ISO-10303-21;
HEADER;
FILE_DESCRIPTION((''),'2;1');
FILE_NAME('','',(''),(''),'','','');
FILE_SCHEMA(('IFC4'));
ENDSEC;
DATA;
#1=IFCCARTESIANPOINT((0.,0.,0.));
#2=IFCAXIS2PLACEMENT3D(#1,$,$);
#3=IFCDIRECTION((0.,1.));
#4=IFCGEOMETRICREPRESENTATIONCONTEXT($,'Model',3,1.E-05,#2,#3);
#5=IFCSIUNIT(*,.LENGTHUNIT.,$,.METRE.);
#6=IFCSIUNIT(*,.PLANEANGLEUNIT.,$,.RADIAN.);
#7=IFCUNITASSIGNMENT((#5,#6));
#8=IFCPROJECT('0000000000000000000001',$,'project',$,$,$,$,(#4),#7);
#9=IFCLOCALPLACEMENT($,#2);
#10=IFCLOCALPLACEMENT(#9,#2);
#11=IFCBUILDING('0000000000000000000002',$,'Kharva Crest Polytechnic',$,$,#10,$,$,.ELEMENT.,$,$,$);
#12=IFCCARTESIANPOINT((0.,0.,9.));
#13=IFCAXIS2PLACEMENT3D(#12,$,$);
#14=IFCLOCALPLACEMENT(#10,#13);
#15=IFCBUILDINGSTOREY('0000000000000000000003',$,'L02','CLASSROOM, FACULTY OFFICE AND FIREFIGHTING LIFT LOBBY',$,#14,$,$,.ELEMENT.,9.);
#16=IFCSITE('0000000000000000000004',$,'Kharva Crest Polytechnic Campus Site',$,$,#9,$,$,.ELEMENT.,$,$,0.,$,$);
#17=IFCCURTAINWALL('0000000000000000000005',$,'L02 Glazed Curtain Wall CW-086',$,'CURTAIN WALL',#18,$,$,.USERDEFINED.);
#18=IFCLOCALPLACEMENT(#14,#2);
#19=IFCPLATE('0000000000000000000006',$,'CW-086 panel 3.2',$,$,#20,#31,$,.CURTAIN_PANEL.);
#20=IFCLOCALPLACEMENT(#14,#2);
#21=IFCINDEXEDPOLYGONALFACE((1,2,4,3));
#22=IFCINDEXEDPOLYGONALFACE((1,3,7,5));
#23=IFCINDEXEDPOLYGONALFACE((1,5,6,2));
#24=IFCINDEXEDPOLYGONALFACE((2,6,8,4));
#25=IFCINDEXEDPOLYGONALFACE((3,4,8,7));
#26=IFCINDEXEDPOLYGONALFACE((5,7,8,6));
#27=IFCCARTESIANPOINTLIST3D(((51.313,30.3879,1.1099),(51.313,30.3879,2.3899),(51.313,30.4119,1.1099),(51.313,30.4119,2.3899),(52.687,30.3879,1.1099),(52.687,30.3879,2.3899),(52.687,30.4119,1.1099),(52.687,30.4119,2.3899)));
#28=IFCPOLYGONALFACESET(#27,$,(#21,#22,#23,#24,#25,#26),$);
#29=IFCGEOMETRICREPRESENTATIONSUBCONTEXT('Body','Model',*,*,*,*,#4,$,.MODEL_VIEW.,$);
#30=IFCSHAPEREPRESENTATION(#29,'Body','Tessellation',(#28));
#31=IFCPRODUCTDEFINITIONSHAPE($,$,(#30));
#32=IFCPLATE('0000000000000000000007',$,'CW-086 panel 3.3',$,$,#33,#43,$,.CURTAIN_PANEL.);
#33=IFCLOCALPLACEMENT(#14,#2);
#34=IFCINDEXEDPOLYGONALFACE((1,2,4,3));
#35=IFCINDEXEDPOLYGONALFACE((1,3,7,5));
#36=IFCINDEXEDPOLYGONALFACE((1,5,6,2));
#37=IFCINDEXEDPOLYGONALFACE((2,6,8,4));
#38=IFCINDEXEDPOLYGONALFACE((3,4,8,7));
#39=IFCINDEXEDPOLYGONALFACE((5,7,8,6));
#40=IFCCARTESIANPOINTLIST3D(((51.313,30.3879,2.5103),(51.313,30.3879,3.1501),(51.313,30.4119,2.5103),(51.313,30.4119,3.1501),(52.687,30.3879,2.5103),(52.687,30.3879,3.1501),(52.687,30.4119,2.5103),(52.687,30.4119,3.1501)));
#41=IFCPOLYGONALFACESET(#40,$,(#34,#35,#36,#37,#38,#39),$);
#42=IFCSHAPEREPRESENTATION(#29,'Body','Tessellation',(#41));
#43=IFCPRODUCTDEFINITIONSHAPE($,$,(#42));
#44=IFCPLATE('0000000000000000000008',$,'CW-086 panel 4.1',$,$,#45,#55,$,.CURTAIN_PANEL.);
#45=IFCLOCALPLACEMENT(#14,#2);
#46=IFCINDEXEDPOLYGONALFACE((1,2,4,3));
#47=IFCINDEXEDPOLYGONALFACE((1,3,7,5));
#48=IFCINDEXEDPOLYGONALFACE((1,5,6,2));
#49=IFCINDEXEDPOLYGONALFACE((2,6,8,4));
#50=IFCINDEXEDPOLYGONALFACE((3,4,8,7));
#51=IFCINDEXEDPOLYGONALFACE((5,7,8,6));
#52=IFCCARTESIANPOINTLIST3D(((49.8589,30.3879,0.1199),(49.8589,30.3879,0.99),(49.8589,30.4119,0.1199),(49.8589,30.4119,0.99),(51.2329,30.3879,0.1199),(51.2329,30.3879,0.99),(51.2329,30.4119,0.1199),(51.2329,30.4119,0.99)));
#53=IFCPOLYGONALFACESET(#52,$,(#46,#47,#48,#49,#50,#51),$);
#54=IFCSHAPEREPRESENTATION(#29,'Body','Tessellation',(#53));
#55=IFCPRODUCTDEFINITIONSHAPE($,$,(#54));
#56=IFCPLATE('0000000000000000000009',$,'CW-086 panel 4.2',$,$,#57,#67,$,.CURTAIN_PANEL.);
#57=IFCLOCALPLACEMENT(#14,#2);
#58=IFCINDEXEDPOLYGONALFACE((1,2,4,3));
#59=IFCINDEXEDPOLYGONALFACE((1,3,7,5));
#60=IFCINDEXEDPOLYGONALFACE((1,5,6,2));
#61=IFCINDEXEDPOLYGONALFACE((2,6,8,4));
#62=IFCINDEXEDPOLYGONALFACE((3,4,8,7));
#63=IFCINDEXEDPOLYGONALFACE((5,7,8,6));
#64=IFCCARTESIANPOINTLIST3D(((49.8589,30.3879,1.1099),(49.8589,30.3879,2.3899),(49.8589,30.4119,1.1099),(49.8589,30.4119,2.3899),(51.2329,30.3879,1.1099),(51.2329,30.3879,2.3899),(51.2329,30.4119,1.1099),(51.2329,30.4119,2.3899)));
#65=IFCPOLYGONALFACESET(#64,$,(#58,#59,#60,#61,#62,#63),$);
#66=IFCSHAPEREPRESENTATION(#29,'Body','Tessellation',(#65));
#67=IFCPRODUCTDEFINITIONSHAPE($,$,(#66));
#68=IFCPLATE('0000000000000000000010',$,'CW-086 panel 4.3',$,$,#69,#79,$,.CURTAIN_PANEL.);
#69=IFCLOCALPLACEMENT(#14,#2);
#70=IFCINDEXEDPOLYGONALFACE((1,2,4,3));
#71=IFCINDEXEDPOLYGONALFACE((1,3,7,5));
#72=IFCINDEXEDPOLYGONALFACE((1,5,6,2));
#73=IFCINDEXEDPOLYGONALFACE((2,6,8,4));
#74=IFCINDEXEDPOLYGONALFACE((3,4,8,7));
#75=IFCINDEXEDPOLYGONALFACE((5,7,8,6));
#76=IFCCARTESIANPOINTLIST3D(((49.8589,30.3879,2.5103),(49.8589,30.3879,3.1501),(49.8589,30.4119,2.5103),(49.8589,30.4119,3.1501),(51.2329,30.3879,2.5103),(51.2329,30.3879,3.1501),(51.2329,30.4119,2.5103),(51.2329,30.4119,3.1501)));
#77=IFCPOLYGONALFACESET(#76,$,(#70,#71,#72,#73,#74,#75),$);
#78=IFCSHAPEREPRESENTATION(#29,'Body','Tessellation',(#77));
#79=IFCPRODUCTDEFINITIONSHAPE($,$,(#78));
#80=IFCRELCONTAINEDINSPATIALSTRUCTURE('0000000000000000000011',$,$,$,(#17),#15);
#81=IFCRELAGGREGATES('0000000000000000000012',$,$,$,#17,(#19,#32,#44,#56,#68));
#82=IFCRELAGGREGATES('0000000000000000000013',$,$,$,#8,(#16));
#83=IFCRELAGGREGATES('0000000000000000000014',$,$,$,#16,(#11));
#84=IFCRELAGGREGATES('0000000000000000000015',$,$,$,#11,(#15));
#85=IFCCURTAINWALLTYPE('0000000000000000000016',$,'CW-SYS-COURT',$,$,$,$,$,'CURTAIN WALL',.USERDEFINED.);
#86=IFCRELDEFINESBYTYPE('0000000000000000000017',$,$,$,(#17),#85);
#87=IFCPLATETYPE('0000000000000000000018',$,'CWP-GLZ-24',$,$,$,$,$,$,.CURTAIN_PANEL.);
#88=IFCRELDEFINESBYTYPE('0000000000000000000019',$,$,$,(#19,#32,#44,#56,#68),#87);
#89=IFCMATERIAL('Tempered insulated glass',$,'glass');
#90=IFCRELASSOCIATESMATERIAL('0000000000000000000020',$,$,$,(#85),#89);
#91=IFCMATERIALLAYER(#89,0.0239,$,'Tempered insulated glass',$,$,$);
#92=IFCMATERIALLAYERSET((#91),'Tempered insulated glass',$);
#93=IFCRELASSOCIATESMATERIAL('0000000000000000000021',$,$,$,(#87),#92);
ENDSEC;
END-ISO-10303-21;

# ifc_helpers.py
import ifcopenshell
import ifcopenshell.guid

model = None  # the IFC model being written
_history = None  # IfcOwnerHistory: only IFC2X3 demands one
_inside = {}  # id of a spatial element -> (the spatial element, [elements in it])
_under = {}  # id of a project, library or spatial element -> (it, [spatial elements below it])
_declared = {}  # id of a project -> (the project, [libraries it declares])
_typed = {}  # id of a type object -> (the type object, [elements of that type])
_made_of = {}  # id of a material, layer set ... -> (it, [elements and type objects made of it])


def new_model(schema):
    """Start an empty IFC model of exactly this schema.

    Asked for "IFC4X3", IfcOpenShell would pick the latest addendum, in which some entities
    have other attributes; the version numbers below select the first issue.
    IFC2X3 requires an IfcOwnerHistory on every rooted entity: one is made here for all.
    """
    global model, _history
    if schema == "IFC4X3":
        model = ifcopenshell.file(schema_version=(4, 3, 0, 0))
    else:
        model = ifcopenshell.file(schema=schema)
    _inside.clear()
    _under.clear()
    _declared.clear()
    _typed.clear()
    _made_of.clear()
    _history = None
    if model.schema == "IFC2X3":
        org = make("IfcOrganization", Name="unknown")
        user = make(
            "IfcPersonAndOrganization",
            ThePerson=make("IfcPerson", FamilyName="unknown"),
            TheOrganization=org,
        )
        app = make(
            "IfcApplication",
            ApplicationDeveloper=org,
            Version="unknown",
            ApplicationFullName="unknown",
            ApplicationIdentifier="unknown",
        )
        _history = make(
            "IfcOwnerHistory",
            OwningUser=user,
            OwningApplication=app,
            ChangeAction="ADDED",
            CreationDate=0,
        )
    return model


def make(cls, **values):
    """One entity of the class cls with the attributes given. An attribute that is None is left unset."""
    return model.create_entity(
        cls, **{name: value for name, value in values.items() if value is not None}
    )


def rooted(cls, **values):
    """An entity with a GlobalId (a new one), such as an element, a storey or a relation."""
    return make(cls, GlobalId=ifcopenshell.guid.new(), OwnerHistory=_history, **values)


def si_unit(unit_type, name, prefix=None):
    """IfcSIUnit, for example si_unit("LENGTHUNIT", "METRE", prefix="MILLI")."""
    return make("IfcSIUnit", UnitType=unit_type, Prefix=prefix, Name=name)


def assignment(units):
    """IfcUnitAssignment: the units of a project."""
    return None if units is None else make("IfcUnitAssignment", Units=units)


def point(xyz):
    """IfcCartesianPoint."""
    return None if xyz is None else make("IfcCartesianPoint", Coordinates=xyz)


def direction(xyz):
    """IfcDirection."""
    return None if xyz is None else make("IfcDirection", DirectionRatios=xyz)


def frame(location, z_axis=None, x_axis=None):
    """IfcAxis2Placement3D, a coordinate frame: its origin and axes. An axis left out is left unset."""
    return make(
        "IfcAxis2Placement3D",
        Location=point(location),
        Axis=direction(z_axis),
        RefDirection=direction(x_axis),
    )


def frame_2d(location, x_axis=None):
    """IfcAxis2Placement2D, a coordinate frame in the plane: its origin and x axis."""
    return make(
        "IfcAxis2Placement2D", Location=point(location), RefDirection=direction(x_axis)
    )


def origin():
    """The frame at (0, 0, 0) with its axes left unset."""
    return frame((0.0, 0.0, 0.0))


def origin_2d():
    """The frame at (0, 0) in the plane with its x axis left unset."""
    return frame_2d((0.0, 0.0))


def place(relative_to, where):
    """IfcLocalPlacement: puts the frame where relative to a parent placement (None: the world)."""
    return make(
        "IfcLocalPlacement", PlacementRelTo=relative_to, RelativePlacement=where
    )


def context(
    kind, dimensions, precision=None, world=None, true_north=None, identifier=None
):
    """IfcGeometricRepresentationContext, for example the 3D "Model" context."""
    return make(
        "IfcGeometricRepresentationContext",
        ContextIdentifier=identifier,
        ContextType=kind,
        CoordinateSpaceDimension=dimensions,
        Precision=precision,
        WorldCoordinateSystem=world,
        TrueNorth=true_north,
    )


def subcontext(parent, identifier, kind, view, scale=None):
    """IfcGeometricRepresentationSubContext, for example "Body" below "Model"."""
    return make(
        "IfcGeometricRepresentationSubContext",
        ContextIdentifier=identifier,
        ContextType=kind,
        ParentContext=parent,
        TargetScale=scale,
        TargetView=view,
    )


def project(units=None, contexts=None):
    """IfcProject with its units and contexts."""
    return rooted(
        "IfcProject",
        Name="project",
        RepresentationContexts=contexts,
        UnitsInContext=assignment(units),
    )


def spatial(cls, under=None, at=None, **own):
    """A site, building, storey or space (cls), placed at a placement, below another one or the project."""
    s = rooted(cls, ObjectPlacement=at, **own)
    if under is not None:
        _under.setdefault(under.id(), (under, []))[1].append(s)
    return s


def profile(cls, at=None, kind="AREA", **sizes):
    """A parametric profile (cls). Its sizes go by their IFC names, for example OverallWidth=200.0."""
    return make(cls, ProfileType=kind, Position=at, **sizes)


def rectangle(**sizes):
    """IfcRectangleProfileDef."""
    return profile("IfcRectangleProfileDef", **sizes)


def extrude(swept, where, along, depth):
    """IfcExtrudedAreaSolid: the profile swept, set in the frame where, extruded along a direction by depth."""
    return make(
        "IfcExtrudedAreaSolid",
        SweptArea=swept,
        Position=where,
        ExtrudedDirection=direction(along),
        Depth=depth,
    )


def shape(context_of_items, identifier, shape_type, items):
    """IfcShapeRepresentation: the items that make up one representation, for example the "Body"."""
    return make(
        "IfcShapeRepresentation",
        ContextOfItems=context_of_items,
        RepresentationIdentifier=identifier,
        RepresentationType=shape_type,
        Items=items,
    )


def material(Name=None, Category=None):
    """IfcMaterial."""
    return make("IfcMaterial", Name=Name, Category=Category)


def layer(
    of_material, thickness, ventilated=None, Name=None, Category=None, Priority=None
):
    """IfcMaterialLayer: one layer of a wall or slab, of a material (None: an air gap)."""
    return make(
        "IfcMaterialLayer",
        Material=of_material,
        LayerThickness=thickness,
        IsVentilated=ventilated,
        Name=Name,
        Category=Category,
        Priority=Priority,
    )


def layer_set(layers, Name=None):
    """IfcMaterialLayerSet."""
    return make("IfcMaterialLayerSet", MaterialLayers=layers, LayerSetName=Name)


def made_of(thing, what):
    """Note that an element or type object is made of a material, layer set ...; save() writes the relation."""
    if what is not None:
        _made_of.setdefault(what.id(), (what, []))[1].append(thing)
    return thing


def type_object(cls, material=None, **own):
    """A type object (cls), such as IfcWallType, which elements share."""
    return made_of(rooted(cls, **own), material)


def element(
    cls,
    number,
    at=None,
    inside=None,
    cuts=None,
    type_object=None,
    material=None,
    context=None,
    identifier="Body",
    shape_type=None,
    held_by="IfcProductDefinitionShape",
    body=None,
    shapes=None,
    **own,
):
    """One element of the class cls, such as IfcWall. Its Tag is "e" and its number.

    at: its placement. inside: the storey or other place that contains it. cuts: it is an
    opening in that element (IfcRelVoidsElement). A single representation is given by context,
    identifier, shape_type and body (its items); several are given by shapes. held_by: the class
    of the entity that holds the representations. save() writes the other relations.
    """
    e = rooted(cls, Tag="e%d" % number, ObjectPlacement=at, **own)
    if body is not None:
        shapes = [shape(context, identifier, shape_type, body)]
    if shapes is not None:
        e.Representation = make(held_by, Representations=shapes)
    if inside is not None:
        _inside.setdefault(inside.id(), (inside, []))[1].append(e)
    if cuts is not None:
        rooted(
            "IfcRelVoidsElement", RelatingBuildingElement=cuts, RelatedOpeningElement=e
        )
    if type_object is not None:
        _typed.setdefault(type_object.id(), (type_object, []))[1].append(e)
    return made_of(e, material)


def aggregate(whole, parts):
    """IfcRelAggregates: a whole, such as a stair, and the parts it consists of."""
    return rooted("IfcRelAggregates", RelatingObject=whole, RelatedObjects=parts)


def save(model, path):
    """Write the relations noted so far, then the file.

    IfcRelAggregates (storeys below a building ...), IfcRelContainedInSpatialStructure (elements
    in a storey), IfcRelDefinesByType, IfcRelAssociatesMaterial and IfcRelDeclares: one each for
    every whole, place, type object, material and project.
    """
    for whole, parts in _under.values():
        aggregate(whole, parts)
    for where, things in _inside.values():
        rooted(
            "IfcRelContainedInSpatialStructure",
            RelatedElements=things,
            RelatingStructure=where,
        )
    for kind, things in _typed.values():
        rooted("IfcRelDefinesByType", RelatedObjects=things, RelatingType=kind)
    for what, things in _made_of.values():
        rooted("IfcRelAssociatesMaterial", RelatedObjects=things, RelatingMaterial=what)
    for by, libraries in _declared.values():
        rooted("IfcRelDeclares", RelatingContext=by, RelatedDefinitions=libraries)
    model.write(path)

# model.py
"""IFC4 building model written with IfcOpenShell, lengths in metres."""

from ifc_helpers import new_model, si_unit, direction, frame, origin, origin_2d, place, context, subcontext, project, spatial, rectangle, extrude, material, layer, layer_set, type_object, element, aggregate, save


model = new_model("IFC4")

# Units and contexts
model_context = context("Model", 3, precision=1e-05, world=origin(), true_north=direction((0.0, 1.0)))
body_context = subcontext(model_context, "Body", "Model", "MODEL_VIEW")
ifc_project = project(units=[si_unit("LENGTHUNIT", "METRE"), si_unit("PLANEANGLEUNIT", "RADIAN")], contexts=[model_context])

# Site, building, storey
site_placement = place(None, origin())
site = spatial("IfcSite", under=ifc_project, at=site_placement, Name="Kharva Crest Polytechnic Campus Site", CompositionType="ELEMENT", RefElevation=0.0)
building_placement = place(site_placement, origin())
building = spatial("IfcBuilding", under=site, at=building_placement, Name="Kharva Crest Polytechnic", CompositionType="ELEMENT")
storey_placement = place(building_placement, frame((0.0, 0.0, 9.0)))
storey = spatial("IfcBuildingStorey", under=building, at=storey_placement, Name="L02", Description="CLASSROOM, FACULTY OFFICE AND FIREFIGHTING LIFT LOBBY", CompositionType="ELEMENT", Elevation=9.0)

# Curtain wall, plates
ifc_material_1 = material(Name="Tempered insulated glass", Category="glass")
curtain_wall_type = type_object("IfcCurtainWallType", Name="CW-SYS-COURT", ElementType="CURTAIN WALL", PredefinedType="USERDEFINED", material=ifc_material_1)
curtain_wall_placement = place(storey_placement, origin())
curtain_wall = element("IfcCurtainWall", 1, at=curtain_wall_placement, inside=storey, type_object=curtain_wall_type, Name="L02 Glazed Curtain Wall CW-086", ObjectType="CURTAIN WALL", PredefinedType="USERDEFINED")
ifc_layer = layer(ifc_material_1, 0.0239, Name="Tempered insulated glass")
ifc_layer_set = layer_set([ifc_layer], Name="Tempered insulated glass")
plate_type = type_object("IfcPlateType", Name="CWP-GLZ-24", PredefinedType="CURTAIN_PANEL", material=ifc_layer_set)
plate_1_placement = place(storey_placement, frame((52.0, 30.3999, 1.1099), z_axis=(0.0, 0.0, 1.0), x_axis=(-1.0, 0.0, 0.0)))
plate_1 = element("IfcPlate", 2, at=plate_1_placement, type_object=plate_type, Name="CW-086 panel 3.2", PredefinedType="CURTAIN_PANEL", context=body_context, shape_type="SweptSolid", body=[
    extrude(rectangle(XDim=1.374, YDim=0.0239, at=origin_2d()), origin(), (0.0, 0.0, 1.0), 1.28),
])
plate_2_placement = place(storey_placement, frame((52.0, 30.3999, 2.5103), z_axis=(0.0, 0.0, 1.0), x_axis=(-1.0, 0.0, 0.0)))
plate_2 = element("IfcPlate", 3, at=plate_2_placement, type_object=plate_type, Name="CW-086 panel 3.3", PredefinedType="CURTAIN_PANEL", context=body_context, shape_type="SweptSolid", body=[
    extrude(rectangle(XDim=1.374, YDim=0.0239, at=origin_2d()), origin(), (0.0, 0.0, 1.0), 0.6399),
])
plate_3_placement = place(storey_placement, frame((50.5459, 30.3999, 0.1199), z_axis=(0.0, 0.0, 1.0), x_axis=(-1.0, 0.0, 0.0)))
plate_3 = element("IfcPlate", 4, at=plate_3_placement, type_object=plate_type, Name="CW-086 panel 4.1", PredefinedType="CURTAIN_PANEL", context=body_context, shape_type="SweptSolid", body=[
    extrude(rectangle(XDim=1.374, YDim=0.0239, at=origin_2d()), origin(), (0.0, 0.0, 1.0), 0.8701),
])
plate_4_placement = place(storey_placement, frame((50.5459, 30.3999, 1.1099), z_axis=(0.0, 0.0, 1.0), x_axis=(-1.0, 0.0, 0.0)))
plate_4 = element("IfcPlate", 5, at=plate_4_placement, type_object=plate_type, Name="CW-086 panel 4.2", PredefinedType="CURTAIN_PANEL", context=body_context, shape_type="SweptSolid", body=[
    extrude(rectangle(XDim=1.374, YDim=0.0239, at=origin_2d()), origin(), (0.0, 0.0, 1.0), 1.28),
])
plate_5_placement = place(storey_placement, frame((50.5459, 30.3999, 2.5103), z_axis=(0.0, 0.0, 1.0), x_axis=(-1.0, 0.0, 0.0)))
plate_5 = element("IfcPlate", 6, at=plate_5_placement, type_object=plate_type, Name="CW-086 panel 4.3", PredefinedType="CURTAIN_PANEL", context=body_context, shape_type="SweptSolid", body=[
    extrude(rectangle(XDim=1.374, YDim=0.0239, at=origin_2d()), origin(), (0.0, 0.0, 1.0), 0.6399),
])
aggregate(curtain_wall, [plate_1, plate_2, plate_3, plate_4, plate_5])

save(model, "model.ifc")
